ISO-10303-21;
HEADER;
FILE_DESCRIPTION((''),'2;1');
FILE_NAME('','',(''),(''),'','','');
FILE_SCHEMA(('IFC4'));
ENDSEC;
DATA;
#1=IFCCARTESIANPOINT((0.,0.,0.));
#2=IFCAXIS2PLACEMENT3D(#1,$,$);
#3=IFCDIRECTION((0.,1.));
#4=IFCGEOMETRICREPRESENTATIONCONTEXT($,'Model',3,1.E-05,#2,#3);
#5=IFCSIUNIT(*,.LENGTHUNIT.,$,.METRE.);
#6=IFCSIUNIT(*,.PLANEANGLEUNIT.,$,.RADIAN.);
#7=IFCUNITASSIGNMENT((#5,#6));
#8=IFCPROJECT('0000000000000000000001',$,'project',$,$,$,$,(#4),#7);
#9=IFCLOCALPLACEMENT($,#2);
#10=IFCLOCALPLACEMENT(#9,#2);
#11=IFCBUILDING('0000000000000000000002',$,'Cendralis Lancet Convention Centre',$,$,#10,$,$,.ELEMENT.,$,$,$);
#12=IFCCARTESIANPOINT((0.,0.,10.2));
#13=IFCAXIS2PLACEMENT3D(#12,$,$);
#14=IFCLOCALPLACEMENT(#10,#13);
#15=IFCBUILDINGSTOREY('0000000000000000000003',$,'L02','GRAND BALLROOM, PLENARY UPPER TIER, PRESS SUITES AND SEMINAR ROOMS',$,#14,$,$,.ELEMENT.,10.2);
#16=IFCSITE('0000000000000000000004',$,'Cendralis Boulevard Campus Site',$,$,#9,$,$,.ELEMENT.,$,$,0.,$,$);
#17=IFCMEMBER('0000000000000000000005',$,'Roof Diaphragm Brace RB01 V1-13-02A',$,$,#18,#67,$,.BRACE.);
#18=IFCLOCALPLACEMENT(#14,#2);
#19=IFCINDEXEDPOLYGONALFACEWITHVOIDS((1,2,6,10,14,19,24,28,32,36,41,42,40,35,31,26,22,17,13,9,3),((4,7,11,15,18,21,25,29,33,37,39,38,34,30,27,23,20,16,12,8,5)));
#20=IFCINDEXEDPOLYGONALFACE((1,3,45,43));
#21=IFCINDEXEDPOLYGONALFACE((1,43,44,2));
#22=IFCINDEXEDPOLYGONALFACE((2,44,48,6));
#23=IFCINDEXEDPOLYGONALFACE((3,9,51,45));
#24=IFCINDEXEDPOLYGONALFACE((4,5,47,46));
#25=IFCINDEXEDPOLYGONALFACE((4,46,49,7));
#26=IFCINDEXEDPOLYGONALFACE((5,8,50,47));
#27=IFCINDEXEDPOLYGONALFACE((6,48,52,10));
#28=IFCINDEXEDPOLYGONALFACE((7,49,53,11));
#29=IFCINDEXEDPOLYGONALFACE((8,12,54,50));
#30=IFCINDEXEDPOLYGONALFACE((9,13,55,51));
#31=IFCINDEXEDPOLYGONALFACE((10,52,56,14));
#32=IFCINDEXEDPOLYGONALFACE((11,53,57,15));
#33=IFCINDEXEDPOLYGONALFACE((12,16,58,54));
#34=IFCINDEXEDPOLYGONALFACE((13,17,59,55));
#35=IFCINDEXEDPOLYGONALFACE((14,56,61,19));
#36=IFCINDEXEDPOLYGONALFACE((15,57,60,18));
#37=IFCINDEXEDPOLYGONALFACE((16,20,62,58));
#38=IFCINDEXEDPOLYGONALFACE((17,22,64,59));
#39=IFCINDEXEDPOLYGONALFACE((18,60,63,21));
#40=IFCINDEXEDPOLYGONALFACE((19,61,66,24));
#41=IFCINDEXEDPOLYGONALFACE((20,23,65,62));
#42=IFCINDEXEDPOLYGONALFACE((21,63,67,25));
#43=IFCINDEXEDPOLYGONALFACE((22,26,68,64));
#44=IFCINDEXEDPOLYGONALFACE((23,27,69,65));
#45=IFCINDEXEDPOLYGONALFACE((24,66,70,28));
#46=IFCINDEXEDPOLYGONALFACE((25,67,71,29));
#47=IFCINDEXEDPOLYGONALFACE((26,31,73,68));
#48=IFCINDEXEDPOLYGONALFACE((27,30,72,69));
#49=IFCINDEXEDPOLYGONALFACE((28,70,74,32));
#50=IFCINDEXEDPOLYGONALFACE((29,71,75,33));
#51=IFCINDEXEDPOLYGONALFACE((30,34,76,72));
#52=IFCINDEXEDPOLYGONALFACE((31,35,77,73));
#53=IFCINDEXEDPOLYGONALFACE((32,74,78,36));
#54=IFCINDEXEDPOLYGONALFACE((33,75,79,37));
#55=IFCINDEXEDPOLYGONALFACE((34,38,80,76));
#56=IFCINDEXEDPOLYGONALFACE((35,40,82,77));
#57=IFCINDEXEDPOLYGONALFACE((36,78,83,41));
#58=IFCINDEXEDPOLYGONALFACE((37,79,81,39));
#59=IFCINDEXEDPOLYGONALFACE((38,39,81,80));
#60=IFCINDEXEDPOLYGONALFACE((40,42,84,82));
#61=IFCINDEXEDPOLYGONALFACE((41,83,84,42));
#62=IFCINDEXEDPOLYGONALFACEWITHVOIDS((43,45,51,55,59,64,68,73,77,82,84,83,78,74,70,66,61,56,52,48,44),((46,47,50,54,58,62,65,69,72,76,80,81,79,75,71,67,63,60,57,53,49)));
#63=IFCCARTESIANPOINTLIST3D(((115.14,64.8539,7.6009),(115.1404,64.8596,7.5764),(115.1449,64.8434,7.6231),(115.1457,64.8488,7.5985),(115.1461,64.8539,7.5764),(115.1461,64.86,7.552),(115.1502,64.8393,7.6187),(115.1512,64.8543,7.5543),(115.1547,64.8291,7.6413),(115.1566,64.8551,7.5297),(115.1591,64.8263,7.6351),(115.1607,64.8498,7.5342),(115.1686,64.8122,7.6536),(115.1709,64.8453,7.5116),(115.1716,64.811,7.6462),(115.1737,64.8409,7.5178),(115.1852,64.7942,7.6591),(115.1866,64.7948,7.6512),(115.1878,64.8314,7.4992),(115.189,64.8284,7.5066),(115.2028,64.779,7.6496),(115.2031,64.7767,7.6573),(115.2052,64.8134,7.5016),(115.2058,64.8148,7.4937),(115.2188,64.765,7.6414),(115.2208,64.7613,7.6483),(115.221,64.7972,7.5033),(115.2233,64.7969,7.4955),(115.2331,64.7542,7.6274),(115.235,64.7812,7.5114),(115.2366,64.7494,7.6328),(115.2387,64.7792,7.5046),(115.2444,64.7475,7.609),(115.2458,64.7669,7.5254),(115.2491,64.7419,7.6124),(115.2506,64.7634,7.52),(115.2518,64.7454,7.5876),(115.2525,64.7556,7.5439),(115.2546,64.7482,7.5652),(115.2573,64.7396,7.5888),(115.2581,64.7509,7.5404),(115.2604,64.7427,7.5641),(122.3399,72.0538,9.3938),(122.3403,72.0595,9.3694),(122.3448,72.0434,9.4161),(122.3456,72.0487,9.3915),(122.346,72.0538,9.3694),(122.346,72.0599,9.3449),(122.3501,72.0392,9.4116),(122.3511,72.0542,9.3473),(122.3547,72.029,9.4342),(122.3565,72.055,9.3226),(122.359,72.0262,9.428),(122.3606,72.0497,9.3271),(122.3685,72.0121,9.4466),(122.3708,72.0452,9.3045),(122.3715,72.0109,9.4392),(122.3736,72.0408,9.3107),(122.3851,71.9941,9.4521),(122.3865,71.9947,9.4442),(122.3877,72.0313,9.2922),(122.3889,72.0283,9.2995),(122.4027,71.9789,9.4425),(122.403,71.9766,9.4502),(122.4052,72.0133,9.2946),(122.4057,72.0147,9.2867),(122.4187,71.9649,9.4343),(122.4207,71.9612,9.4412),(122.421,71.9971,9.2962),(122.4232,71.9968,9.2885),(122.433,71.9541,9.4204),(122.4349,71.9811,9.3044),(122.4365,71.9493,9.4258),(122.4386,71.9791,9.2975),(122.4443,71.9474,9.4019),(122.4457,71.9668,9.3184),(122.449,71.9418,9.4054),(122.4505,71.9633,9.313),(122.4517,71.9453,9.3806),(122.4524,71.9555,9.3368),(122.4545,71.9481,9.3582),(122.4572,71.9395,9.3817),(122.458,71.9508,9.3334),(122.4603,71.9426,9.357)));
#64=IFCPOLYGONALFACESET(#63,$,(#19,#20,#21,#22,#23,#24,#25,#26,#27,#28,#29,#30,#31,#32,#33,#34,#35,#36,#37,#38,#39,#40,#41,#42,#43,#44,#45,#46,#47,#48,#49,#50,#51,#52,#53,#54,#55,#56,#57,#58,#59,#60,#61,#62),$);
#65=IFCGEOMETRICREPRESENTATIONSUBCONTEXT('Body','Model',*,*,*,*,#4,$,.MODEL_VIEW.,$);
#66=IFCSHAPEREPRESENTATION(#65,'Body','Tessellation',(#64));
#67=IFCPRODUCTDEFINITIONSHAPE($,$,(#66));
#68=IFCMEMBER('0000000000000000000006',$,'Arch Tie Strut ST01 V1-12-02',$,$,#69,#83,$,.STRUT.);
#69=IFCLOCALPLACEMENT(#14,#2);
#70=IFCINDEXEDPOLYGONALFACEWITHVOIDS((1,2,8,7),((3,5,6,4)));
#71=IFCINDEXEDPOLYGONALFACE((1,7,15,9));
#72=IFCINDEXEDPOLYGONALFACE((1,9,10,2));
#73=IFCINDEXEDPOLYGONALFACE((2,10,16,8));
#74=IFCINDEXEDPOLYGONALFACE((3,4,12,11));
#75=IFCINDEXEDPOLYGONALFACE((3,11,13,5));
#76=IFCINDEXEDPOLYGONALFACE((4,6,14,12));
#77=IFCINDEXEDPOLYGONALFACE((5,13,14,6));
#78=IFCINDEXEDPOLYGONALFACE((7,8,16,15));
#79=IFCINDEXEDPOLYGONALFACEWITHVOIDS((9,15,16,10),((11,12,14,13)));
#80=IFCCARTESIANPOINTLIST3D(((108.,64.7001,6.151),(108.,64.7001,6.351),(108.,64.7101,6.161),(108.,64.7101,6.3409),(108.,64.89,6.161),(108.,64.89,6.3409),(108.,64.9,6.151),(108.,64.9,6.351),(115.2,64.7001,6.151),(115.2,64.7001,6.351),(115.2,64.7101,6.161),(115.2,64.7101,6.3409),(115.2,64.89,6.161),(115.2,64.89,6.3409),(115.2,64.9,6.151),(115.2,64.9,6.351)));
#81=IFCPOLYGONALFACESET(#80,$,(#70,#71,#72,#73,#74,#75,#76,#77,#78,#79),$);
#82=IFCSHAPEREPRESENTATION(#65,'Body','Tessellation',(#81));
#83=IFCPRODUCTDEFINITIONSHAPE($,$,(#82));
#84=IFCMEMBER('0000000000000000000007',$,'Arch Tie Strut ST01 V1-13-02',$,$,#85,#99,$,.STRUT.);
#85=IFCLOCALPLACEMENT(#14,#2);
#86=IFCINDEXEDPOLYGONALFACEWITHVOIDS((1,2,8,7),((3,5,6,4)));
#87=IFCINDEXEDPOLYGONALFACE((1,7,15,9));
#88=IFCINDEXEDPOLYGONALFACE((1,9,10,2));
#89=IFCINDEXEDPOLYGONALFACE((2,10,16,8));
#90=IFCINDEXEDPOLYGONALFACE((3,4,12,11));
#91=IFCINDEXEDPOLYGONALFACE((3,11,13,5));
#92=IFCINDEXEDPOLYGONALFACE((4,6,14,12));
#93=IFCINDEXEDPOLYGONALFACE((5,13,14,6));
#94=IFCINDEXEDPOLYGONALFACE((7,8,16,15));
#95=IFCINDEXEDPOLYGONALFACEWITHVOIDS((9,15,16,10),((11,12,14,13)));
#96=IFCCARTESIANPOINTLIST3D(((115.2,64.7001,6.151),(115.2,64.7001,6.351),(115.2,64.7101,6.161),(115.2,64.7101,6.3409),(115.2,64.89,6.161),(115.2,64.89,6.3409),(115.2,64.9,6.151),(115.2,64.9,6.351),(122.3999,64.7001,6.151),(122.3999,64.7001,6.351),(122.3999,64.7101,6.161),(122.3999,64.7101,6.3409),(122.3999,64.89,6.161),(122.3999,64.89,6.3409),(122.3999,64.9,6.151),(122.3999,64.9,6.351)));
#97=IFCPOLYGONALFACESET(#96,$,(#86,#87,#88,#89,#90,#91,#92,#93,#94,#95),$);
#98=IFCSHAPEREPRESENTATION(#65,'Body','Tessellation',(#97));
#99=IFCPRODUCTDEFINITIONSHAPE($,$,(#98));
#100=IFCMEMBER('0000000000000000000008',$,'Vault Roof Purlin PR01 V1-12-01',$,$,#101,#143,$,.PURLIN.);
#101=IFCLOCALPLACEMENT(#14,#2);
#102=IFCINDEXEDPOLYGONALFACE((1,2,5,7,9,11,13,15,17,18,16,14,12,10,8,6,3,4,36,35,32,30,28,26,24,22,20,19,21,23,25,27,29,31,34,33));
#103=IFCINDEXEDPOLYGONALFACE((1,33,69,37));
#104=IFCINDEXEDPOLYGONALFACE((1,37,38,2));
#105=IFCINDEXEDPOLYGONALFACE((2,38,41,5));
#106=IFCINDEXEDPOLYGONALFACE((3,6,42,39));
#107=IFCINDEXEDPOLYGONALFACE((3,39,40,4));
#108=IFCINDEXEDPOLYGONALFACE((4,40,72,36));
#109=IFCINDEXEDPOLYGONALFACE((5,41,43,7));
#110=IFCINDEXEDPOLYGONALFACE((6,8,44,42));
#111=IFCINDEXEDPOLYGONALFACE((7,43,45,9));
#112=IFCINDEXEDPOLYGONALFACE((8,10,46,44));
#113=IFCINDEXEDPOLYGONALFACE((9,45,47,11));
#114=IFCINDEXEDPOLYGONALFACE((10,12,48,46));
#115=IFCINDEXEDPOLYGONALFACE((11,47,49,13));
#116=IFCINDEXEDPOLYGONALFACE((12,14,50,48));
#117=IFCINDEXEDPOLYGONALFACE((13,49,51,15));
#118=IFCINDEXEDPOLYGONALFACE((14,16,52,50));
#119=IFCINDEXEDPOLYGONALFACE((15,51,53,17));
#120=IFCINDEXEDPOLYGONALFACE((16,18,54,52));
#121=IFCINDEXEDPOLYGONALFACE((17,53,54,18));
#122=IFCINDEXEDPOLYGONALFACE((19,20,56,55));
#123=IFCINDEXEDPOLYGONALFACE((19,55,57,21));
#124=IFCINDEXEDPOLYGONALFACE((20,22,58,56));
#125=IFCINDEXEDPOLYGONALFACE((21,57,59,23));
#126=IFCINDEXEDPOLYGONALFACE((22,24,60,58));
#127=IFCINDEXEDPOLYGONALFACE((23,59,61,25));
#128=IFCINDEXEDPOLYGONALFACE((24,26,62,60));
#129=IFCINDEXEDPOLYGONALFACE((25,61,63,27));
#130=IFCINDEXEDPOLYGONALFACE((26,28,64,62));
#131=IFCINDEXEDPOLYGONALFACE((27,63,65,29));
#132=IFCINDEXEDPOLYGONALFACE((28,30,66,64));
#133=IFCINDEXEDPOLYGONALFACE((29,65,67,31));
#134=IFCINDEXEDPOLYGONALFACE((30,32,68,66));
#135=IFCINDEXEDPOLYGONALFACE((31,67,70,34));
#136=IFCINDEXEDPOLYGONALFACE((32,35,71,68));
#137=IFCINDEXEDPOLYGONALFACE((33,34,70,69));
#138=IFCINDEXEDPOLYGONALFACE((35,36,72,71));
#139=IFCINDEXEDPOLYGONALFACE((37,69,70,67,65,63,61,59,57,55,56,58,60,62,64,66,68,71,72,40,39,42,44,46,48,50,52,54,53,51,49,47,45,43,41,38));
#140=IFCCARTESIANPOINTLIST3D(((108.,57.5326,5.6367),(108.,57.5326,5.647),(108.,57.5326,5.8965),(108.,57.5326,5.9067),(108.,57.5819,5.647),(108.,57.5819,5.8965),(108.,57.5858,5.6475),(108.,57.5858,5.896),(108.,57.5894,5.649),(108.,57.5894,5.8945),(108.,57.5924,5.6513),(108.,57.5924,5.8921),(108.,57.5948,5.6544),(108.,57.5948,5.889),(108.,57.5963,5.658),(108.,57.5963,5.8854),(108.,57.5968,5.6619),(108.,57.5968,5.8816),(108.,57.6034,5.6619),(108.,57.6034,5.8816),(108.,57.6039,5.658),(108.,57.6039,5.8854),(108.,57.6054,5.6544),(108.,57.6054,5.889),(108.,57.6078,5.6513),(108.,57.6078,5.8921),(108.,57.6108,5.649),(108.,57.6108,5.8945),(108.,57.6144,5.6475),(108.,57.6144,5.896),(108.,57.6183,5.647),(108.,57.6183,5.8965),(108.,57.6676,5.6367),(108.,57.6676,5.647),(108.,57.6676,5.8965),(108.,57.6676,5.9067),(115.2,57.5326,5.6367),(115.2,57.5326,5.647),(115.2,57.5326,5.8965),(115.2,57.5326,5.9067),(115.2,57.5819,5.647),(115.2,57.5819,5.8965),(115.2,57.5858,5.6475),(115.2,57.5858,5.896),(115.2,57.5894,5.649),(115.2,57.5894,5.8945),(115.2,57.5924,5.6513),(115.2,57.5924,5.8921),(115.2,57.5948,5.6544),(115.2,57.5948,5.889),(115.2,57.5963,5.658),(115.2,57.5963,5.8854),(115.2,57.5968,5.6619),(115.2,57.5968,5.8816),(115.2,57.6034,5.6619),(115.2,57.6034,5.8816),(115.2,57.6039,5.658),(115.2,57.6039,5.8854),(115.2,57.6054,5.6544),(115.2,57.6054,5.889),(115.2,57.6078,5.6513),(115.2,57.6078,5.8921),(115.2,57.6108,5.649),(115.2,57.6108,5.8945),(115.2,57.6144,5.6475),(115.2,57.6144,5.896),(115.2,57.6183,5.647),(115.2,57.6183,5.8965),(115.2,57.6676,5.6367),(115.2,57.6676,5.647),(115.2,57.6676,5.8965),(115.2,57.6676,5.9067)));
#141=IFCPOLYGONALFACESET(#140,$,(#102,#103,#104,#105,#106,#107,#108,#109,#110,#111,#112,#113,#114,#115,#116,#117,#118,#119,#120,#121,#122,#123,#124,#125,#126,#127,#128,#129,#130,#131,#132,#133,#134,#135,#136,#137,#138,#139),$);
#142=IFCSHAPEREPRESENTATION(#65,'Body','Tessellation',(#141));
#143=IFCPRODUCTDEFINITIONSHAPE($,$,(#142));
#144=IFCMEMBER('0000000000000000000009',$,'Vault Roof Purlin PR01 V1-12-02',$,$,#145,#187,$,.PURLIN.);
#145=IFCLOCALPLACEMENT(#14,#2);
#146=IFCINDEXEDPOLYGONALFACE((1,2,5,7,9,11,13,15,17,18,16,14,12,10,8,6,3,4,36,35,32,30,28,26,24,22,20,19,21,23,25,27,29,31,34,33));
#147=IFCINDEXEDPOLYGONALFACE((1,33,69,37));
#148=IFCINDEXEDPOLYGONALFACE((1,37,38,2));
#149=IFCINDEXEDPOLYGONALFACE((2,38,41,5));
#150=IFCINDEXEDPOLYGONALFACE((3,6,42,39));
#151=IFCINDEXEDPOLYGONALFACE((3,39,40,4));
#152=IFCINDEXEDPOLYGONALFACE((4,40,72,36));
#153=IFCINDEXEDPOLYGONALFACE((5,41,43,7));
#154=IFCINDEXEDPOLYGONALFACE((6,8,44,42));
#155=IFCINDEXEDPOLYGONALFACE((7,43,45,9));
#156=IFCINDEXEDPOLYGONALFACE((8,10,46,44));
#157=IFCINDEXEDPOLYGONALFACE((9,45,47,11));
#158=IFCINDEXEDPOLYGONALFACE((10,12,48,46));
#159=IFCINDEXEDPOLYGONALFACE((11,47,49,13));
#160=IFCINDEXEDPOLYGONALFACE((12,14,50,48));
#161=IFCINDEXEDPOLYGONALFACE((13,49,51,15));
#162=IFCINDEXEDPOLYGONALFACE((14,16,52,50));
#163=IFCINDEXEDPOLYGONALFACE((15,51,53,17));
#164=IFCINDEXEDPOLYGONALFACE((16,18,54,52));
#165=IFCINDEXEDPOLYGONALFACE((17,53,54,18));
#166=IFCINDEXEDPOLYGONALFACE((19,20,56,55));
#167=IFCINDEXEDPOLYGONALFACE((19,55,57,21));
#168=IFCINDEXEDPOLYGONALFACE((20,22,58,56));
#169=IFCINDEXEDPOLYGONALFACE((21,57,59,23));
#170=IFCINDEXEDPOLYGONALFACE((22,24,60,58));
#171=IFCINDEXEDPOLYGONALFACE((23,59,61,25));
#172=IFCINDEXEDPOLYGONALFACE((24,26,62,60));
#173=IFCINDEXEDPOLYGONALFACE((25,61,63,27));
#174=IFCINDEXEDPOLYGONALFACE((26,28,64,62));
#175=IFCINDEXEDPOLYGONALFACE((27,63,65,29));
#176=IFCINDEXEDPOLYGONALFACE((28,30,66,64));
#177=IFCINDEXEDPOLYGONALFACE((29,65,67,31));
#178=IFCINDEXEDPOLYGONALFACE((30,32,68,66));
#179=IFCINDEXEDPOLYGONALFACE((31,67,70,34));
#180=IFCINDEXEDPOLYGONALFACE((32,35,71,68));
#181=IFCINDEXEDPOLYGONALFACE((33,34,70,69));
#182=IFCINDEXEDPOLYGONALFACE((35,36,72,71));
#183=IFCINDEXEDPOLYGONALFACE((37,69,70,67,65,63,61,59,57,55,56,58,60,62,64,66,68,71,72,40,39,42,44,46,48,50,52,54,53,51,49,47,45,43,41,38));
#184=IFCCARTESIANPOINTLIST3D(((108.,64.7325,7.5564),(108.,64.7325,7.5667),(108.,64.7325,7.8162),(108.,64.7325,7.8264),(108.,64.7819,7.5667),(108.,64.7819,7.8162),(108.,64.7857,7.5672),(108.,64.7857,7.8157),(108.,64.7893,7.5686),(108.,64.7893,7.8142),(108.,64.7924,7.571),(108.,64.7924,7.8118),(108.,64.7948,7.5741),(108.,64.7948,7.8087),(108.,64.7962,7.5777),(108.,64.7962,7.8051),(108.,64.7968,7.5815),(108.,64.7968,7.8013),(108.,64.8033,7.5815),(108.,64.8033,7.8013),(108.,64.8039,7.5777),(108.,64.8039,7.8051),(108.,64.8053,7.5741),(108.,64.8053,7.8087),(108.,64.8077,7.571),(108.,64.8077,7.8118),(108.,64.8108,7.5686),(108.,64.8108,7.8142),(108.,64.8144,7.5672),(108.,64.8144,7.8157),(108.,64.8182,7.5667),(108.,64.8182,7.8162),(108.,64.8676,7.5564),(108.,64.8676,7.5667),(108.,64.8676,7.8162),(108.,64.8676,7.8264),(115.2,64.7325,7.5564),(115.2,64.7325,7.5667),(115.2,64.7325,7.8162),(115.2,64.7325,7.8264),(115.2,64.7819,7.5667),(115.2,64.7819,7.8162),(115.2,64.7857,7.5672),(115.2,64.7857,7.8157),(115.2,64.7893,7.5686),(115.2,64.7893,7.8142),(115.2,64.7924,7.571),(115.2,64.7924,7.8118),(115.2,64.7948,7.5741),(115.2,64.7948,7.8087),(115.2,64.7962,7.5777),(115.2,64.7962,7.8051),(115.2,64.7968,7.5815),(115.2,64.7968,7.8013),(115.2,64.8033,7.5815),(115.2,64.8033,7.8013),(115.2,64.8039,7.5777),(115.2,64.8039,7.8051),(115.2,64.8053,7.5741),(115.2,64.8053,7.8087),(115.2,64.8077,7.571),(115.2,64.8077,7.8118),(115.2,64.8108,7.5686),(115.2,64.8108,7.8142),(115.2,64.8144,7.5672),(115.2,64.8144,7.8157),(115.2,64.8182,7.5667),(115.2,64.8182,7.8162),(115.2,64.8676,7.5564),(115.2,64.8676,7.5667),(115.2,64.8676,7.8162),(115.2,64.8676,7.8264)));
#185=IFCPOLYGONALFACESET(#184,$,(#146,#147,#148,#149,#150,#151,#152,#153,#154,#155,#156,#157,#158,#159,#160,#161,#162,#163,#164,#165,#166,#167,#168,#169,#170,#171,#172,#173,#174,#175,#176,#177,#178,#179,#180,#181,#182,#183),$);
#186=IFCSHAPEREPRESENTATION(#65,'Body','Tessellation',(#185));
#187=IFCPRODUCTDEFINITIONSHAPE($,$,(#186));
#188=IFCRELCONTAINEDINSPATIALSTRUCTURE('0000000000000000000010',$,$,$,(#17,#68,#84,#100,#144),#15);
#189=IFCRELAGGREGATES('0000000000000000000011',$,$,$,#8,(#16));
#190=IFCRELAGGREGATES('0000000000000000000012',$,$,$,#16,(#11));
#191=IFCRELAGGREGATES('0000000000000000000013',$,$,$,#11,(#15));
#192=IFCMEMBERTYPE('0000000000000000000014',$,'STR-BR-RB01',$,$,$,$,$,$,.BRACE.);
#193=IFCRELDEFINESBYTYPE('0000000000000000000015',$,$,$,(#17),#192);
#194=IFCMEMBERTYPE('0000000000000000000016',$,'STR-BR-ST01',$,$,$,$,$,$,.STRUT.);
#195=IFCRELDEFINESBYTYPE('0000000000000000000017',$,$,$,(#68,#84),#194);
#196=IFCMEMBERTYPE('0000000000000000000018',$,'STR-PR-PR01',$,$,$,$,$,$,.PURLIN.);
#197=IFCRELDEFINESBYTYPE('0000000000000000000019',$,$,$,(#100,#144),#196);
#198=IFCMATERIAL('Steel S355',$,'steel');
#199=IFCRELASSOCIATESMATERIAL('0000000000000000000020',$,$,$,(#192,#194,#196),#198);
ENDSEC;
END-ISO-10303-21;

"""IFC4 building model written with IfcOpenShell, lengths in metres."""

from ifc_helpers import new_model, si_unit, direction, frame, origin, origin_2d, place, context, subcontext, project, spatial, hollow_rectangle, hollow_circle, i_section, extrude, material, material_profile, profile_set, type_object, element, save


model = new_model("IFC4")

# Units and contexts
model_context = context("Model", 3, precision=1e-05, world=origin(), true_north=direction((0.0, 1.0)))
body_context = subcontext(model_context, "Body", "Model", "MODEL_VIEW")
ifc_project = project(units=[si_unit("LENGTHUNIT", "METRE"), si_unit("PLANEANGLEUNIT", "RADIAN")], contexts=[model_context])

# Site, building, storey
site_placement = place(None, origin())
site = spatial("IfcSite", under=ifc_project, at=site_placement, Name="Cendralis Boulevard Campus Site", CompositionType="ELEMENT", RefElevation=0.0)
building_placement = place(site_placement, origin())
building = spatial("IfcBuilding", under=site, at=building_placement, Name="Cendralis Lancet Convention Centre", CompositionType="ELEMENT")
storey_placement = place(building_placement, frame((0.0, 0.0, 10.2)))
storey = spatial("IfcBuildingStorey", under=building, at=storey_placement, Name="L02", Description="GRAND BALLROOM, PLENARY UPPER TIER, PRESS SUITES AND SEMINAR ROOMS", CompositionType="ELEMENT", Elevation=10.2)

# Members
ifc_material = material(Name="Steel S355", Category="steel")
ifc_material_profile_1 = material_profile(ifc_material, hollow_circle(Radius=0.0842, WallThickness=0.0081, at=origin_2d()), Name="CHS 168.3x8.0")
ifc_profile_set_1 = profile_set([ifc_material_profile_1], Name="Steel S355")
member_type_1 = type_object("IfcMemberType", Name="STR-BR-RB01", PredefinedType="BRACE", material=ifc_profile_set_1)
member_1_placement = place(storey_placement, frame((115.2, 64.8, 7.5764), z_axis=(0.696393, 0.696393, 0.173419), x_axis=(-0.707107, 0.707107, 0.0)))
element("IfcMember", 1, at=member_1_placement, inside=storey, type_object=member_type_1, Name="Roof Diaphragm Brace RB01 V1-13-02A", PredefinedType="BRACE", context=body_context, shape_type="SweptSolid", body=[
    extrude(hollow_circle(Radius=0.0842, WallThickness=0.0081, at=origin_2d()), origin(), (0.0, 0.0, 1.0), 10.3389),
])
ifc_material_profile_2 = material_profile(ifc_material, hollow_rectangle(XDim=0.2, YDim=0.2, WallThickness=0.01, at=origin_2d()), Name="SHS 200x200x10.0")
ifc_profile_set_2 = profile_set([ifc_material_profile_2], Name="Steel S355")
member_type_2 = type_object("IfcMemberType", Name="STR-BR-ST01", PredefinedType="STRUT", material=ifc_profile_set_2)
for number, where, z_axis, x_axis, name in (
    (2, (108.0, 64.8, 6.251), (1.0, 0.0, 0.0), (0.0, 1.0, 0.0), "Arch Tie Strut ST01 V1-12-02"),
    (3, (115.2, 64.8, 6.251), (1.0, 0.0, 0.0), (0.0, 1.0, 0.0), "Arch Tie Strut ST01 V1-13-02"),
):
    element("IfcMember", number, at=place(storey_placement, frame(where, z_axis=z_axis, x_axis=x_axis)), inside=storey, type_object=member_type_2, Name=name, PredefinedType="STRUT", context=body_context, shape_type="SweptSolid", body=[
        extrude(hollow_rectangle(XDim=0.2, YDim=0.2, WallThickness=0.01, at=origin_2d()), origin(), (0.0, 0.0, 1.0), 7.2),
    ])
ifc_material_profile_3 = material_profile(ifc_material, i_section(OverallWidth=0.135, OverallDepth=0.27, WebThickness=0.0066, FlangeThickness=0.0103, FilletRadius=0.0149, at=origin_2d()), Name="IPE 270")
ifc_profile_set_3 = profile_set([ifc_material_profile_3], Name="Steel S355")
member_type_3 = type_object("IfcMemberType", Name="STR-PR-PR01", PredefinedType="PURLIN", material=ifc_profile_set_3)
for number, where, z_axis, x_axis, name in (
    (4, (108.0, 57.6001, 5.7717), (1.0, 0.0, 0.0), (0.0, 1.0, 0.0), "Vault Roof Purlin PR01 V1-12-01"),
    (5, (108.0, 64.8, 7.6914), (1.0, 0.0, 0.0), (0.0, 1.0, 0.0), "Vault Roof Purlin PR01 V1-12-02"),
):
    element("IfcMember", number, at=place(storey_placement, frame(where, z_axis=z_axis, x_axis=x_axis)), inside=storey, type_object=member_type_3, Name=name, PredefinedType="PURLIN", context=body_context, shape_type="SweptSolid", body=[
        extrude(i_section(OverallWidth=0.135, OverallDepth=0.27, WebThickness=0.0066, FlangeThickness=0.0103, FilletRadius=0.0149, at=origin_2d()), origin(), (0.0, 0.0, 1.0), 7.2),
    ])

save(model, "model.ifc")
